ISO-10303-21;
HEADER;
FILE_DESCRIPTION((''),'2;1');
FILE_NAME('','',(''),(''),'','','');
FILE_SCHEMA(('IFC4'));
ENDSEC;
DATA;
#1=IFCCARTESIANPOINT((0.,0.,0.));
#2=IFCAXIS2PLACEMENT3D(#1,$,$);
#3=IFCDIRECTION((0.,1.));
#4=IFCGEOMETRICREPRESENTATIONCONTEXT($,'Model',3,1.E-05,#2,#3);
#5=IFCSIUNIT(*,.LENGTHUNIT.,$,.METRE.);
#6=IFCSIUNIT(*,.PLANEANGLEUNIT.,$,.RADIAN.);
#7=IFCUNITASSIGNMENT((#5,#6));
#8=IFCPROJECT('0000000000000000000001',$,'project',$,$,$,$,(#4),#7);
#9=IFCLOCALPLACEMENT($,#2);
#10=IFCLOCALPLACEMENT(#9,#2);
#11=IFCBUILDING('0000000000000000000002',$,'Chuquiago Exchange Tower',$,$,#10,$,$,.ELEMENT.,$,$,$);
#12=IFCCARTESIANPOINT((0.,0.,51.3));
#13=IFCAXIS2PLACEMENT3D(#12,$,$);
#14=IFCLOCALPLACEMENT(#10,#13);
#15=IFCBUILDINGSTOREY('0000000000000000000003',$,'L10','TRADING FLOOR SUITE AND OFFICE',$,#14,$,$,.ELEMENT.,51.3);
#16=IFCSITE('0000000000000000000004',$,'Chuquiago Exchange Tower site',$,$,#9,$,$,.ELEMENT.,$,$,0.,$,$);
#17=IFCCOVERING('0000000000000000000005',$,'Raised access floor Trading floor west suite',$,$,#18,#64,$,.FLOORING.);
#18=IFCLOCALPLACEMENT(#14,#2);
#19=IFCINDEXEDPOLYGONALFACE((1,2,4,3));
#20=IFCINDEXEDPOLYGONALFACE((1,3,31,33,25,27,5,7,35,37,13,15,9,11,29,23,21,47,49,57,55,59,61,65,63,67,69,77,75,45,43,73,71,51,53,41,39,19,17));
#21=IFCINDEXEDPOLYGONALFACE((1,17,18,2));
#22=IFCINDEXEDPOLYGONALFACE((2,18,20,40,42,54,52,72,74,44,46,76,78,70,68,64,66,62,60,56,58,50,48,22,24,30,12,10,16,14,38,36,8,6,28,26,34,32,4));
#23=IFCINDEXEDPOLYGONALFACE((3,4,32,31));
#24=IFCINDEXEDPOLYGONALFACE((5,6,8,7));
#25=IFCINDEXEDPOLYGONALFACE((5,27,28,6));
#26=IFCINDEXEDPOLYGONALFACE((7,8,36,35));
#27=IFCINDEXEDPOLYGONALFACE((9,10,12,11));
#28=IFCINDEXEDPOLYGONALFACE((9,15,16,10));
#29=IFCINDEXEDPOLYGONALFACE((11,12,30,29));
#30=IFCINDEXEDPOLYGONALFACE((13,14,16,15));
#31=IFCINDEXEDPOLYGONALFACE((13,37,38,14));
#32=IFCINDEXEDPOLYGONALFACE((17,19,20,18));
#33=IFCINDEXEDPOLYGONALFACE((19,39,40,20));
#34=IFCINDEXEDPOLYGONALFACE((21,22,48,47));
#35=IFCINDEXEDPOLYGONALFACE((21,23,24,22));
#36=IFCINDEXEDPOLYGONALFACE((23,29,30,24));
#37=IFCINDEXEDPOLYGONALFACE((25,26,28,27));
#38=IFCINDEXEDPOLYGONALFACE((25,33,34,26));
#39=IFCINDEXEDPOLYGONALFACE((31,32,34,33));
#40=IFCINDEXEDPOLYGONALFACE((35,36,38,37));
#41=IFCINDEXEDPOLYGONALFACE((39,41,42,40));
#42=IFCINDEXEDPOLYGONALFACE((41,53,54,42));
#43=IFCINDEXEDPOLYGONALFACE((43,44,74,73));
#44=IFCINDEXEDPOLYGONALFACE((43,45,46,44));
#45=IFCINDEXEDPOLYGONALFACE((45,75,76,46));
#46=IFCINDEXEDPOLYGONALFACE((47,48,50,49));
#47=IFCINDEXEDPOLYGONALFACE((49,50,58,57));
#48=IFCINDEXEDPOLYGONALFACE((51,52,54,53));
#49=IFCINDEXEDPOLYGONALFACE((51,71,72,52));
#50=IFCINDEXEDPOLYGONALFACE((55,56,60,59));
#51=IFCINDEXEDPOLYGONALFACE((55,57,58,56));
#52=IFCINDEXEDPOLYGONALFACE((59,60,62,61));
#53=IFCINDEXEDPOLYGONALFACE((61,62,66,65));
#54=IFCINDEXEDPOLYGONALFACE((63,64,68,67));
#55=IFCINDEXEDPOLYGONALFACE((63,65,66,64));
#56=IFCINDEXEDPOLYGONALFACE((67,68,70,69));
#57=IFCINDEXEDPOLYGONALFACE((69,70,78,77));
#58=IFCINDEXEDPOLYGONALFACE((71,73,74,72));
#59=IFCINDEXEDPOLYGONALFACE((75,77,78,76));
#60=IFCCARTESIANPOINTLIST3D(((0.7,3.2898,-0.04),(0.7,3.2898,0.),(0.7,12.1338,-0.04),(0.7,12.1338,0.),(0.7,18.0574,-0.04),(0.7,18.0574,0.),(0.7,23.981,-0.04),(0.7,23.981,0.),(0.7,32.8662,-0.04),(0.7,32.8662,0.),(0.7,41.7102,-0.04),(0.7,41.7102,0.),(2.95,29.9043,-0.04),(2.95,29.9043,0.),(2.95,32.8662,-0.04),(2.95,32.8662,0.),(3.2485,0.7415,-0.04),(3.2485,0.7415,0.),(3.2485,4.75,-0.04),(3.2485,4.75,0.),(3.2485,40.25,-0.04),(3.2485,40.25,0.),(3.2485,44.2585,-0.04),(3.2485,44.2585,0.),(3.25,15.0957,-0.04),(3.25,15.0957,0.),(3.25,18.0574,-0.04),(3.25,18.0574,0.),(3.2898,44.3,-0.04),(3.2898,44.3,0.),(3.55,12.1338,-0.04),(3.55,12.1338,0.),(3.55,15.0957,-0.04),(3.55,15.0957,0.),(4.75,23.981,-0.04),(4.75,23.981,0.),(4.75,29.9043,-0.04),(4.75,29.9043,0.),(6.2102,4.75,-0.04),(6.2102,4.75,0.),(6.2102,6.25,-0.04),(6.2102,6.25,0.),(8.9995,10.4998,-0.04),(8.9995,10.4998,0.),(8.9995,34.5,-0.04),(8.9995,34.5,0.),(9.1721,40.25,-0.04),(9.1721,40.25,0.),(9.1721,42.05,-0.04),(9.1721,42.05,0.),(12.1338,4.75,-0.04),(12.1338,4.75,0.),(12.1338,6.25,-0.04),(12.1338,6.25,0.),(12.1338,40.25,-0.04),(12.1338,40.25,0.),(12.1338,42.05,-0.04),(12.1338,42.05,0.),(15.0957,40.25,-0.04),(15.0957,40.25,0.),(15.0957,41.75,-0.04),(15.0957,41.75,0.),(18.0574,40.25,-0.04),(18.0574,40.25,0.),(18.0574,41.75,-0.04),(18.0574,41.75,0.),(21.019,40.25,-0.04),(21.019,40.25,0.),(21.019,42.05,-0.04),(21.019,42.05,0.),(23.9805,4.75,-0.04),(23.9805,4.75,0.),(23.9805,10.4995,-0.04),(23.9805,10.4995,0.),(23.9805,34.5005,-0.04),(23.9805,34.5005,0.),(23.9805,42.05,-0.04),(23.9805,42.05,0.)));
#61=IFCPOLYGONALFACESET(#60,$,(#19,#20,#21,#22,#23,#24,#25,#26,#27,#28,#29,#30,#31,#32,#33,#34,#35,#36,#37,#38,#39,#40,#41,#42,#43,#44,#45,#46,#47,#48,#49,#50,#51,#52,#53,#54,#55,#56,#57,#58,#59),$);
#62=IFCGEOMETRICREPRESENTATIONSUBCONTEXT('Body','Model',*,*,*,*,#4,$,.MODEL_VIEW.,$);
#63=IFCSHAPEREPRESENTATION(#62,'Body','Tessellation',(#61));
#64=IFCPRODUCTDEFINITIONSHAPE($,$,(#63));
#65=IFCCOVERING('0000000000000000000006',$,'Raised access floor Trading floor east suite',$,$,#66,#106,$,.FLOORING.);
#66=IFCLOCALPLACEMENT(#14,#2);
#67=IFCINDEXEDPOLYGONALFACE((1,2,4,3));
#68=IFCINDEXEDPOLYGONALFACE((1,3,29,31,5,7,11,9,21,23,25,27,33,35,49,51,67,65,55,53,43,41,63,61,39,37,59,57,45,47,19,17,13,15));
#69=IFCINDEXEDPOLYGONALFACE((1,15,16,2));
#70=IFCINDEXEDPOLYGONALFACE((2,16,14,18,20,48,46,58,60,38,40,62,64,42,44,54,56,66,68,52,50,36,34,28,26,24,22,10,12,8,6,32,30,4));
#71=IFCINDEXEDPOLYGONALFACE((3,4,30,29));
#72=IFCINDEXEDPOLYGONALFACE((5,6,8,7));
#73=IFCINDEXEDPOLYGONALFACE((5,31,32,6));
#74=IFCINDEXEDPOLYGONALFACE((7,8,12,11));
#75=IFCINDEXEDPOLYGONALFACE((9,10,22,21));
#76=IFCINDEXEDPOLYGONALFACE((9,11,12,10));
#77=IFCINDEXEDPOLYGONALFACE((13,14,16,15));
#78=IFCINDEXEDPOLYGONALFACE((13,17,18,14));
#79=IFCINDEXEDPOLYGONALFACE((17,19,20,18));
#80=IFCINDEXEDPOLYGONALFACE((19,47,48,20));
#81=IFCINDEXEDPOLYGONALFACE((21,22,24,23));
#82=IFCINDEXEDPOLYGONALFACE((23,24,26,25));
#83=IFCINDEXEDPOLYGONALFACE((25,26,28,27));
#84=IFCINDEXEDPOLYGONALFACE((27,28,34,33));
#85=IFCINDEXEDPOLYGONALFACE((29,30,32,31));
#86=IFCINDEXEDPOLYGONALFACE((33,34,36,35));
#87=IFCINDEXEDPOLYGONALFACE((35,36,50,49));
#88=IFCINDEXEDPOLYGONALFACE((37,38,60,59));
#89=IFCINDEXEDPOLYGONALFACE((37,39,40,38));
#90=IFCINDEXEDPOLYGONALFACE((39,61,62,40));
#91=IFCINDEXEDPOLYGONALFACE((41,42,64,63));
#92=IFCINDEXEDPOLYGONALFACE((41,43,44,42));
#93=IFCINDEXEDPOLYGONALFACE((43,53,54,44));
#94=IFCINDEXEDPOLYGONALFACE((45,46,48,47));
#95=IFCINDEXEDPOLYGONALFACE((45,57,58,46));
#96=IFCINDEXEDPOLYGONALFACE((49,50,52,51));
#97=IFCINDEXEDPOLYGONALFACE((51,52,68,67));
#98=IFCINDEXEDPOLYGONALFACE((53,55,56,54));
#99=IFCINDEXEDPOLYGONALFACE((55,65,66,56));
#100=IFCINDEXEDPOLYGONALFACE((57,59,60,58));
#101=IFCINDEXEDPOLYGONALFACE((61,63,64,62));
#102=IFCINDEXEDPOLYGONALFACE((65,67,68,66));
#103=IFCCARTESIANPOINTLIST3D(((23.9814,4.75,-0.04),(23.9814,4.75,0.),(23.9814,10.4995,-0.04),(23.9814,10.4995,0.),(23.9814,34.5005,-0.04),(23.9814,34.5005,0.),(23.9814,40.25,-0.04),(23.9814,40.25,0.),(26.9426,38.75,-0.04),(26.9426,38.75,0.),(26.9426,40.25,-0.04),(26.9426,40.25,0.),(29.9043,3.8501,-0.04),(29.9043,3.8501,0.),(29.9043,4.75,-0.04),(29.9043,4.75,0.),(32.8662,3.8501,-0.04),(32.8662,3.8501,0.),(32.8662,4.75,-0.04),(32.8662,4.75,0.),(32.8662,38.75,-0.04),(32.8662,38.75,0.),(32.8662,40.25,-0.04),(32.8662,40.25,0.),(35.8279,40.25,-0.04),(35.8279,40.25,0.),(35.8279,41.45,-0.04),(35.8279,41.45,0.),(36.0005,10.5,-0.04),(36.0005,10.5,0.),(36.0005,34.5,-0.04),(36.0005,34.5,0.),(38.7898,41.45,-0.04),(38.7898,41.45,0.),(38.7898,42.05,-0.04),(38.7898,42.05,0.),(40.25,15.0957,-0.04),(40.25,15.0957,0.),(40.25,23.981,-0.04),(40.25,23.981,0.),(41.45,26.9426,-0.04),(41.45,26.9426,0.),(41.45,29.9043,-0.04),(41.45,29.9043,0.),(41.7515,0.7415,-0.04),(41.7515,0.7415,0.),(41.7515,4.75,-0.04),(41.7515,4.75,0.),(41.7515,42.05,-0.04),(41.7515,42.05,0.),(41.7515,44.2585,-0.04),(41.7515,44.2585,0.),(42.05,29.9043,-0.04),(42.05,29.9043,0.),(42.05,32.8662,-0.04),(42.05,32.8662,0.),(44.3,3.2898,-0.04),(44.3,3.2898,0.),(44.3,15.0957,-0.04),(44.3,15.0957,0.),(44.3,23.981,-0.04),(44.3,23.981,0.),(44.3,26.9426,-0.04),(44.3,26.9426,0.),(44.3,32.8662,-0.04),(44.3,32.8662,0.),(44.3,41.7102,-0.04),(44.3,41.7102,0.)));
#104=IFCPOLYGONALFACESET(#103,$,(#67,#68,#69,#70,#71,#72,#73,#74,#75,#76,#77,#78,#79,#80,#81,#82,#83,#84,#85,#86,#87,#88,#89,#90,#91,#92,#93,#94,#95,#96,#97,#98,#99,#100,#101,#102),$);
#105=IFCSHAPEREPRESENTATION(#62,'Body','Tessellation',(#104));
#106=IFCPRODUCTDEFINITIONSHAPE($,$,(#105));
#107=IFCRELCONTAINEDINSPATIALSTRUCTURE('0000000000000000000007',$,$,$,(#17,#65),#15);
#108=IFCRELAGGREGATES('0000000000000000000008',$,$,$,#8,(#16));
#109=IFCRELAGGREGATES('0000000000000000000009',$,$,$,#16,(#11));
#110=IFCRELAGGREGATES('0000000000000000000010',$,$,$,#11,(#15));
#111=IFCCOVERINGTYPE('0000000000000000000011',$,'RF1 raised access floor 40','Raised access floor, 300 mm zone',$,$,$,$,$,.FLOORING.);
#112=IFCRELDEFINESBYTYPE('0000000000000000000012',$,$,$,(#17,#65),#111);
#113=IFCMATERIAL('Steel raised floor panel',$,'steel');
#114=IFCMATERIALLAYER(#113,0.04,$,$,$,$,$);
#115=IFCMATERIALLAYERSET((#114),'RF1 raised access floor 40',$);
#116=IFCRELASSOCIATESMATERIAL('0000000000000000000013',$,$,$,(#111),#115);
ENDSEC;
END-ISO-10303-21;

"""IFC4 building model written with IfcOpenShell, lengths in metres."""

from ifc_helpers import new_model, si_unit, direction, frame, origin, place, context, subcontext, project, spatial, polyline, outline, extrude, material, layer, layer_set, type_object, element, save


model = new_model("IFC4")

# Units and contexts
model_context = context("Model", 3, precision=1e-05, world=origin(), true_north=direction((0.0, 1.0)))
body_context = subcontext(model_context, "Body", "Model", "MODEL_VIEW")
ifc_project = project(units=[si_unit("LENGTHUNIT", "METRE"), si_unit("PLANEANGLEUNIT", "RADIAN")], contexts=[model_context])

# Site, building, storey
site_placement = place(None, origin())
site = spatial("IfcSite", under=ifc_project, at=site_placement, Name="Chuquiago Exchange Tower site", CompositionType="ELEMENT", RefElevation=0.0)
building_placement = place(site_placement, origin())
building = spatial("IfcBuilding", under=site, at=building_placement, Name="Chuquiago Exchange Tower", CompositionType="ELEMENT")
storey_placement = place(building_placement, frame((0.0, 0.0, 51.3)))
storey = spatial("IfcBuildingStorey", under=building, at=storey_placement, Name="L10", Description="TRADING FLOOR SUITE AND OFFICE", CompositionType="ELEMENT", Elevation=51.3)

# Coverings
ifc_material_1 = material(Name="Steel raised floor panel", Category="steel")
ifc_layer_1 = layer(ifc_material_1, 0.04)
ifc_layer_set_1 = layer_set([ifc_layer_1], Name="RF1 raised access floor 40")
covering_type_1 = type_object("IfcCoveringType", Name="RF1 raised access floor 40", Description="Raised access floor, 300 mm zone", PredefinedType="FLOORING", material=ifc_layer_set_1)
covering_1_placement = place(storey_placement, frame((0.0, 0.0, -0.04)))
element("IfcCovering", 1, at=covering_1_placement, inside=storey, type_object=covering_type_1, Name="Raised access floor Trading floor west suite", PredefinedType="FLOORING", context=body_context, shape_type="SweptSolid", body=[
    extrude(outline(polyline([(3.55, 15.0957), (3.25, 15.0957), (3.25, 18.0574), (0.7, 18.0574), (0.7, 23.981), (4.75, 23.981), (4.75, 29.9043), (2.95, 29.9043), (2.95, 32.8662), (0.7, 32.8662), (0.7, 41.7102), (3.2898, 44.3), (3.2485, 44.2585), (3.2485, 40.25), (9.1721, 40.25), (9.1721, 42.05), (12.1338, 42.05), (12.1338, 40.25), (15.0957, 40.25), (15.0957, 41.75), (18.0574, 41.75), (18.0574, 40.25), (21.019, 40.25), (21.019, 42.05), (23.9805, 42.05), (23.9805, 34.5005), (8.9995, 34.5), (8.9995, 10.4998), (23.9805, 10.4995), (23.9805, 4.75), (12.1338, 4.75), (12.1338, 6.25), (6.2102, 6.25), (6.2102, 4.75), (3.2485, 4.75), (3.2485, 0.7415), (0.7, 3.2898), (0.7, 12.1338), (3.55, 12.1338), (3.55, 15.0957)])), origin(), (0.0, 0.0, 1.0), 0.04),
])
covering_2_placement = place(storey_placement, frame((0.0, 0.0, -0.04)))
element("IfcCovering", 2, at=covering_2_placement, inside=storey, type_object=covering_type_1, Name="Raised access floor Trading floor east suite", PredefinedType="FLOORING", context=body_context, shape_type="SweptSolid", body=[
    extrude(outline(polyline([(26.9426, 40.25), (26.9426, 38.75), (32.8662, 38.75), (32.8662, 40.25), (35.8279, 40.25), (35.8279, 41.45), (38.7898, 41.45), (38.7898, 42.05), (41.7515, 42.05), (41.7515, 44.2585), (44.3, 41.7102), (44.3, 32.8662), (42.05, 32.8662), (42.05, 29.9043), (41.45, 29.9043), (41.45, 26.9426), (44.3, 26.9426), (44.3, 23.981), (40.25, 23.981), (40.25, 15.0957), (44.3, 15.0957), (44.3, 3.2898), (41.7515, 0.7415), (41.7515, 4.75), (32.8662, 4.75), (32.8662, 3.8501), (29.9043, 3.8501), (29.9043, 4.75), (23.9814, 4.75), (23.9814, 10.4995), (36.0005, 10.5), (36.0005, 34.5), (23.9814, 34.5005), (23.9814, 40.25), (26.9426, 40.25)])), origin(), (0.0, 0.0, 1.0), 0.04),
])

save(model, "model.ifc")
